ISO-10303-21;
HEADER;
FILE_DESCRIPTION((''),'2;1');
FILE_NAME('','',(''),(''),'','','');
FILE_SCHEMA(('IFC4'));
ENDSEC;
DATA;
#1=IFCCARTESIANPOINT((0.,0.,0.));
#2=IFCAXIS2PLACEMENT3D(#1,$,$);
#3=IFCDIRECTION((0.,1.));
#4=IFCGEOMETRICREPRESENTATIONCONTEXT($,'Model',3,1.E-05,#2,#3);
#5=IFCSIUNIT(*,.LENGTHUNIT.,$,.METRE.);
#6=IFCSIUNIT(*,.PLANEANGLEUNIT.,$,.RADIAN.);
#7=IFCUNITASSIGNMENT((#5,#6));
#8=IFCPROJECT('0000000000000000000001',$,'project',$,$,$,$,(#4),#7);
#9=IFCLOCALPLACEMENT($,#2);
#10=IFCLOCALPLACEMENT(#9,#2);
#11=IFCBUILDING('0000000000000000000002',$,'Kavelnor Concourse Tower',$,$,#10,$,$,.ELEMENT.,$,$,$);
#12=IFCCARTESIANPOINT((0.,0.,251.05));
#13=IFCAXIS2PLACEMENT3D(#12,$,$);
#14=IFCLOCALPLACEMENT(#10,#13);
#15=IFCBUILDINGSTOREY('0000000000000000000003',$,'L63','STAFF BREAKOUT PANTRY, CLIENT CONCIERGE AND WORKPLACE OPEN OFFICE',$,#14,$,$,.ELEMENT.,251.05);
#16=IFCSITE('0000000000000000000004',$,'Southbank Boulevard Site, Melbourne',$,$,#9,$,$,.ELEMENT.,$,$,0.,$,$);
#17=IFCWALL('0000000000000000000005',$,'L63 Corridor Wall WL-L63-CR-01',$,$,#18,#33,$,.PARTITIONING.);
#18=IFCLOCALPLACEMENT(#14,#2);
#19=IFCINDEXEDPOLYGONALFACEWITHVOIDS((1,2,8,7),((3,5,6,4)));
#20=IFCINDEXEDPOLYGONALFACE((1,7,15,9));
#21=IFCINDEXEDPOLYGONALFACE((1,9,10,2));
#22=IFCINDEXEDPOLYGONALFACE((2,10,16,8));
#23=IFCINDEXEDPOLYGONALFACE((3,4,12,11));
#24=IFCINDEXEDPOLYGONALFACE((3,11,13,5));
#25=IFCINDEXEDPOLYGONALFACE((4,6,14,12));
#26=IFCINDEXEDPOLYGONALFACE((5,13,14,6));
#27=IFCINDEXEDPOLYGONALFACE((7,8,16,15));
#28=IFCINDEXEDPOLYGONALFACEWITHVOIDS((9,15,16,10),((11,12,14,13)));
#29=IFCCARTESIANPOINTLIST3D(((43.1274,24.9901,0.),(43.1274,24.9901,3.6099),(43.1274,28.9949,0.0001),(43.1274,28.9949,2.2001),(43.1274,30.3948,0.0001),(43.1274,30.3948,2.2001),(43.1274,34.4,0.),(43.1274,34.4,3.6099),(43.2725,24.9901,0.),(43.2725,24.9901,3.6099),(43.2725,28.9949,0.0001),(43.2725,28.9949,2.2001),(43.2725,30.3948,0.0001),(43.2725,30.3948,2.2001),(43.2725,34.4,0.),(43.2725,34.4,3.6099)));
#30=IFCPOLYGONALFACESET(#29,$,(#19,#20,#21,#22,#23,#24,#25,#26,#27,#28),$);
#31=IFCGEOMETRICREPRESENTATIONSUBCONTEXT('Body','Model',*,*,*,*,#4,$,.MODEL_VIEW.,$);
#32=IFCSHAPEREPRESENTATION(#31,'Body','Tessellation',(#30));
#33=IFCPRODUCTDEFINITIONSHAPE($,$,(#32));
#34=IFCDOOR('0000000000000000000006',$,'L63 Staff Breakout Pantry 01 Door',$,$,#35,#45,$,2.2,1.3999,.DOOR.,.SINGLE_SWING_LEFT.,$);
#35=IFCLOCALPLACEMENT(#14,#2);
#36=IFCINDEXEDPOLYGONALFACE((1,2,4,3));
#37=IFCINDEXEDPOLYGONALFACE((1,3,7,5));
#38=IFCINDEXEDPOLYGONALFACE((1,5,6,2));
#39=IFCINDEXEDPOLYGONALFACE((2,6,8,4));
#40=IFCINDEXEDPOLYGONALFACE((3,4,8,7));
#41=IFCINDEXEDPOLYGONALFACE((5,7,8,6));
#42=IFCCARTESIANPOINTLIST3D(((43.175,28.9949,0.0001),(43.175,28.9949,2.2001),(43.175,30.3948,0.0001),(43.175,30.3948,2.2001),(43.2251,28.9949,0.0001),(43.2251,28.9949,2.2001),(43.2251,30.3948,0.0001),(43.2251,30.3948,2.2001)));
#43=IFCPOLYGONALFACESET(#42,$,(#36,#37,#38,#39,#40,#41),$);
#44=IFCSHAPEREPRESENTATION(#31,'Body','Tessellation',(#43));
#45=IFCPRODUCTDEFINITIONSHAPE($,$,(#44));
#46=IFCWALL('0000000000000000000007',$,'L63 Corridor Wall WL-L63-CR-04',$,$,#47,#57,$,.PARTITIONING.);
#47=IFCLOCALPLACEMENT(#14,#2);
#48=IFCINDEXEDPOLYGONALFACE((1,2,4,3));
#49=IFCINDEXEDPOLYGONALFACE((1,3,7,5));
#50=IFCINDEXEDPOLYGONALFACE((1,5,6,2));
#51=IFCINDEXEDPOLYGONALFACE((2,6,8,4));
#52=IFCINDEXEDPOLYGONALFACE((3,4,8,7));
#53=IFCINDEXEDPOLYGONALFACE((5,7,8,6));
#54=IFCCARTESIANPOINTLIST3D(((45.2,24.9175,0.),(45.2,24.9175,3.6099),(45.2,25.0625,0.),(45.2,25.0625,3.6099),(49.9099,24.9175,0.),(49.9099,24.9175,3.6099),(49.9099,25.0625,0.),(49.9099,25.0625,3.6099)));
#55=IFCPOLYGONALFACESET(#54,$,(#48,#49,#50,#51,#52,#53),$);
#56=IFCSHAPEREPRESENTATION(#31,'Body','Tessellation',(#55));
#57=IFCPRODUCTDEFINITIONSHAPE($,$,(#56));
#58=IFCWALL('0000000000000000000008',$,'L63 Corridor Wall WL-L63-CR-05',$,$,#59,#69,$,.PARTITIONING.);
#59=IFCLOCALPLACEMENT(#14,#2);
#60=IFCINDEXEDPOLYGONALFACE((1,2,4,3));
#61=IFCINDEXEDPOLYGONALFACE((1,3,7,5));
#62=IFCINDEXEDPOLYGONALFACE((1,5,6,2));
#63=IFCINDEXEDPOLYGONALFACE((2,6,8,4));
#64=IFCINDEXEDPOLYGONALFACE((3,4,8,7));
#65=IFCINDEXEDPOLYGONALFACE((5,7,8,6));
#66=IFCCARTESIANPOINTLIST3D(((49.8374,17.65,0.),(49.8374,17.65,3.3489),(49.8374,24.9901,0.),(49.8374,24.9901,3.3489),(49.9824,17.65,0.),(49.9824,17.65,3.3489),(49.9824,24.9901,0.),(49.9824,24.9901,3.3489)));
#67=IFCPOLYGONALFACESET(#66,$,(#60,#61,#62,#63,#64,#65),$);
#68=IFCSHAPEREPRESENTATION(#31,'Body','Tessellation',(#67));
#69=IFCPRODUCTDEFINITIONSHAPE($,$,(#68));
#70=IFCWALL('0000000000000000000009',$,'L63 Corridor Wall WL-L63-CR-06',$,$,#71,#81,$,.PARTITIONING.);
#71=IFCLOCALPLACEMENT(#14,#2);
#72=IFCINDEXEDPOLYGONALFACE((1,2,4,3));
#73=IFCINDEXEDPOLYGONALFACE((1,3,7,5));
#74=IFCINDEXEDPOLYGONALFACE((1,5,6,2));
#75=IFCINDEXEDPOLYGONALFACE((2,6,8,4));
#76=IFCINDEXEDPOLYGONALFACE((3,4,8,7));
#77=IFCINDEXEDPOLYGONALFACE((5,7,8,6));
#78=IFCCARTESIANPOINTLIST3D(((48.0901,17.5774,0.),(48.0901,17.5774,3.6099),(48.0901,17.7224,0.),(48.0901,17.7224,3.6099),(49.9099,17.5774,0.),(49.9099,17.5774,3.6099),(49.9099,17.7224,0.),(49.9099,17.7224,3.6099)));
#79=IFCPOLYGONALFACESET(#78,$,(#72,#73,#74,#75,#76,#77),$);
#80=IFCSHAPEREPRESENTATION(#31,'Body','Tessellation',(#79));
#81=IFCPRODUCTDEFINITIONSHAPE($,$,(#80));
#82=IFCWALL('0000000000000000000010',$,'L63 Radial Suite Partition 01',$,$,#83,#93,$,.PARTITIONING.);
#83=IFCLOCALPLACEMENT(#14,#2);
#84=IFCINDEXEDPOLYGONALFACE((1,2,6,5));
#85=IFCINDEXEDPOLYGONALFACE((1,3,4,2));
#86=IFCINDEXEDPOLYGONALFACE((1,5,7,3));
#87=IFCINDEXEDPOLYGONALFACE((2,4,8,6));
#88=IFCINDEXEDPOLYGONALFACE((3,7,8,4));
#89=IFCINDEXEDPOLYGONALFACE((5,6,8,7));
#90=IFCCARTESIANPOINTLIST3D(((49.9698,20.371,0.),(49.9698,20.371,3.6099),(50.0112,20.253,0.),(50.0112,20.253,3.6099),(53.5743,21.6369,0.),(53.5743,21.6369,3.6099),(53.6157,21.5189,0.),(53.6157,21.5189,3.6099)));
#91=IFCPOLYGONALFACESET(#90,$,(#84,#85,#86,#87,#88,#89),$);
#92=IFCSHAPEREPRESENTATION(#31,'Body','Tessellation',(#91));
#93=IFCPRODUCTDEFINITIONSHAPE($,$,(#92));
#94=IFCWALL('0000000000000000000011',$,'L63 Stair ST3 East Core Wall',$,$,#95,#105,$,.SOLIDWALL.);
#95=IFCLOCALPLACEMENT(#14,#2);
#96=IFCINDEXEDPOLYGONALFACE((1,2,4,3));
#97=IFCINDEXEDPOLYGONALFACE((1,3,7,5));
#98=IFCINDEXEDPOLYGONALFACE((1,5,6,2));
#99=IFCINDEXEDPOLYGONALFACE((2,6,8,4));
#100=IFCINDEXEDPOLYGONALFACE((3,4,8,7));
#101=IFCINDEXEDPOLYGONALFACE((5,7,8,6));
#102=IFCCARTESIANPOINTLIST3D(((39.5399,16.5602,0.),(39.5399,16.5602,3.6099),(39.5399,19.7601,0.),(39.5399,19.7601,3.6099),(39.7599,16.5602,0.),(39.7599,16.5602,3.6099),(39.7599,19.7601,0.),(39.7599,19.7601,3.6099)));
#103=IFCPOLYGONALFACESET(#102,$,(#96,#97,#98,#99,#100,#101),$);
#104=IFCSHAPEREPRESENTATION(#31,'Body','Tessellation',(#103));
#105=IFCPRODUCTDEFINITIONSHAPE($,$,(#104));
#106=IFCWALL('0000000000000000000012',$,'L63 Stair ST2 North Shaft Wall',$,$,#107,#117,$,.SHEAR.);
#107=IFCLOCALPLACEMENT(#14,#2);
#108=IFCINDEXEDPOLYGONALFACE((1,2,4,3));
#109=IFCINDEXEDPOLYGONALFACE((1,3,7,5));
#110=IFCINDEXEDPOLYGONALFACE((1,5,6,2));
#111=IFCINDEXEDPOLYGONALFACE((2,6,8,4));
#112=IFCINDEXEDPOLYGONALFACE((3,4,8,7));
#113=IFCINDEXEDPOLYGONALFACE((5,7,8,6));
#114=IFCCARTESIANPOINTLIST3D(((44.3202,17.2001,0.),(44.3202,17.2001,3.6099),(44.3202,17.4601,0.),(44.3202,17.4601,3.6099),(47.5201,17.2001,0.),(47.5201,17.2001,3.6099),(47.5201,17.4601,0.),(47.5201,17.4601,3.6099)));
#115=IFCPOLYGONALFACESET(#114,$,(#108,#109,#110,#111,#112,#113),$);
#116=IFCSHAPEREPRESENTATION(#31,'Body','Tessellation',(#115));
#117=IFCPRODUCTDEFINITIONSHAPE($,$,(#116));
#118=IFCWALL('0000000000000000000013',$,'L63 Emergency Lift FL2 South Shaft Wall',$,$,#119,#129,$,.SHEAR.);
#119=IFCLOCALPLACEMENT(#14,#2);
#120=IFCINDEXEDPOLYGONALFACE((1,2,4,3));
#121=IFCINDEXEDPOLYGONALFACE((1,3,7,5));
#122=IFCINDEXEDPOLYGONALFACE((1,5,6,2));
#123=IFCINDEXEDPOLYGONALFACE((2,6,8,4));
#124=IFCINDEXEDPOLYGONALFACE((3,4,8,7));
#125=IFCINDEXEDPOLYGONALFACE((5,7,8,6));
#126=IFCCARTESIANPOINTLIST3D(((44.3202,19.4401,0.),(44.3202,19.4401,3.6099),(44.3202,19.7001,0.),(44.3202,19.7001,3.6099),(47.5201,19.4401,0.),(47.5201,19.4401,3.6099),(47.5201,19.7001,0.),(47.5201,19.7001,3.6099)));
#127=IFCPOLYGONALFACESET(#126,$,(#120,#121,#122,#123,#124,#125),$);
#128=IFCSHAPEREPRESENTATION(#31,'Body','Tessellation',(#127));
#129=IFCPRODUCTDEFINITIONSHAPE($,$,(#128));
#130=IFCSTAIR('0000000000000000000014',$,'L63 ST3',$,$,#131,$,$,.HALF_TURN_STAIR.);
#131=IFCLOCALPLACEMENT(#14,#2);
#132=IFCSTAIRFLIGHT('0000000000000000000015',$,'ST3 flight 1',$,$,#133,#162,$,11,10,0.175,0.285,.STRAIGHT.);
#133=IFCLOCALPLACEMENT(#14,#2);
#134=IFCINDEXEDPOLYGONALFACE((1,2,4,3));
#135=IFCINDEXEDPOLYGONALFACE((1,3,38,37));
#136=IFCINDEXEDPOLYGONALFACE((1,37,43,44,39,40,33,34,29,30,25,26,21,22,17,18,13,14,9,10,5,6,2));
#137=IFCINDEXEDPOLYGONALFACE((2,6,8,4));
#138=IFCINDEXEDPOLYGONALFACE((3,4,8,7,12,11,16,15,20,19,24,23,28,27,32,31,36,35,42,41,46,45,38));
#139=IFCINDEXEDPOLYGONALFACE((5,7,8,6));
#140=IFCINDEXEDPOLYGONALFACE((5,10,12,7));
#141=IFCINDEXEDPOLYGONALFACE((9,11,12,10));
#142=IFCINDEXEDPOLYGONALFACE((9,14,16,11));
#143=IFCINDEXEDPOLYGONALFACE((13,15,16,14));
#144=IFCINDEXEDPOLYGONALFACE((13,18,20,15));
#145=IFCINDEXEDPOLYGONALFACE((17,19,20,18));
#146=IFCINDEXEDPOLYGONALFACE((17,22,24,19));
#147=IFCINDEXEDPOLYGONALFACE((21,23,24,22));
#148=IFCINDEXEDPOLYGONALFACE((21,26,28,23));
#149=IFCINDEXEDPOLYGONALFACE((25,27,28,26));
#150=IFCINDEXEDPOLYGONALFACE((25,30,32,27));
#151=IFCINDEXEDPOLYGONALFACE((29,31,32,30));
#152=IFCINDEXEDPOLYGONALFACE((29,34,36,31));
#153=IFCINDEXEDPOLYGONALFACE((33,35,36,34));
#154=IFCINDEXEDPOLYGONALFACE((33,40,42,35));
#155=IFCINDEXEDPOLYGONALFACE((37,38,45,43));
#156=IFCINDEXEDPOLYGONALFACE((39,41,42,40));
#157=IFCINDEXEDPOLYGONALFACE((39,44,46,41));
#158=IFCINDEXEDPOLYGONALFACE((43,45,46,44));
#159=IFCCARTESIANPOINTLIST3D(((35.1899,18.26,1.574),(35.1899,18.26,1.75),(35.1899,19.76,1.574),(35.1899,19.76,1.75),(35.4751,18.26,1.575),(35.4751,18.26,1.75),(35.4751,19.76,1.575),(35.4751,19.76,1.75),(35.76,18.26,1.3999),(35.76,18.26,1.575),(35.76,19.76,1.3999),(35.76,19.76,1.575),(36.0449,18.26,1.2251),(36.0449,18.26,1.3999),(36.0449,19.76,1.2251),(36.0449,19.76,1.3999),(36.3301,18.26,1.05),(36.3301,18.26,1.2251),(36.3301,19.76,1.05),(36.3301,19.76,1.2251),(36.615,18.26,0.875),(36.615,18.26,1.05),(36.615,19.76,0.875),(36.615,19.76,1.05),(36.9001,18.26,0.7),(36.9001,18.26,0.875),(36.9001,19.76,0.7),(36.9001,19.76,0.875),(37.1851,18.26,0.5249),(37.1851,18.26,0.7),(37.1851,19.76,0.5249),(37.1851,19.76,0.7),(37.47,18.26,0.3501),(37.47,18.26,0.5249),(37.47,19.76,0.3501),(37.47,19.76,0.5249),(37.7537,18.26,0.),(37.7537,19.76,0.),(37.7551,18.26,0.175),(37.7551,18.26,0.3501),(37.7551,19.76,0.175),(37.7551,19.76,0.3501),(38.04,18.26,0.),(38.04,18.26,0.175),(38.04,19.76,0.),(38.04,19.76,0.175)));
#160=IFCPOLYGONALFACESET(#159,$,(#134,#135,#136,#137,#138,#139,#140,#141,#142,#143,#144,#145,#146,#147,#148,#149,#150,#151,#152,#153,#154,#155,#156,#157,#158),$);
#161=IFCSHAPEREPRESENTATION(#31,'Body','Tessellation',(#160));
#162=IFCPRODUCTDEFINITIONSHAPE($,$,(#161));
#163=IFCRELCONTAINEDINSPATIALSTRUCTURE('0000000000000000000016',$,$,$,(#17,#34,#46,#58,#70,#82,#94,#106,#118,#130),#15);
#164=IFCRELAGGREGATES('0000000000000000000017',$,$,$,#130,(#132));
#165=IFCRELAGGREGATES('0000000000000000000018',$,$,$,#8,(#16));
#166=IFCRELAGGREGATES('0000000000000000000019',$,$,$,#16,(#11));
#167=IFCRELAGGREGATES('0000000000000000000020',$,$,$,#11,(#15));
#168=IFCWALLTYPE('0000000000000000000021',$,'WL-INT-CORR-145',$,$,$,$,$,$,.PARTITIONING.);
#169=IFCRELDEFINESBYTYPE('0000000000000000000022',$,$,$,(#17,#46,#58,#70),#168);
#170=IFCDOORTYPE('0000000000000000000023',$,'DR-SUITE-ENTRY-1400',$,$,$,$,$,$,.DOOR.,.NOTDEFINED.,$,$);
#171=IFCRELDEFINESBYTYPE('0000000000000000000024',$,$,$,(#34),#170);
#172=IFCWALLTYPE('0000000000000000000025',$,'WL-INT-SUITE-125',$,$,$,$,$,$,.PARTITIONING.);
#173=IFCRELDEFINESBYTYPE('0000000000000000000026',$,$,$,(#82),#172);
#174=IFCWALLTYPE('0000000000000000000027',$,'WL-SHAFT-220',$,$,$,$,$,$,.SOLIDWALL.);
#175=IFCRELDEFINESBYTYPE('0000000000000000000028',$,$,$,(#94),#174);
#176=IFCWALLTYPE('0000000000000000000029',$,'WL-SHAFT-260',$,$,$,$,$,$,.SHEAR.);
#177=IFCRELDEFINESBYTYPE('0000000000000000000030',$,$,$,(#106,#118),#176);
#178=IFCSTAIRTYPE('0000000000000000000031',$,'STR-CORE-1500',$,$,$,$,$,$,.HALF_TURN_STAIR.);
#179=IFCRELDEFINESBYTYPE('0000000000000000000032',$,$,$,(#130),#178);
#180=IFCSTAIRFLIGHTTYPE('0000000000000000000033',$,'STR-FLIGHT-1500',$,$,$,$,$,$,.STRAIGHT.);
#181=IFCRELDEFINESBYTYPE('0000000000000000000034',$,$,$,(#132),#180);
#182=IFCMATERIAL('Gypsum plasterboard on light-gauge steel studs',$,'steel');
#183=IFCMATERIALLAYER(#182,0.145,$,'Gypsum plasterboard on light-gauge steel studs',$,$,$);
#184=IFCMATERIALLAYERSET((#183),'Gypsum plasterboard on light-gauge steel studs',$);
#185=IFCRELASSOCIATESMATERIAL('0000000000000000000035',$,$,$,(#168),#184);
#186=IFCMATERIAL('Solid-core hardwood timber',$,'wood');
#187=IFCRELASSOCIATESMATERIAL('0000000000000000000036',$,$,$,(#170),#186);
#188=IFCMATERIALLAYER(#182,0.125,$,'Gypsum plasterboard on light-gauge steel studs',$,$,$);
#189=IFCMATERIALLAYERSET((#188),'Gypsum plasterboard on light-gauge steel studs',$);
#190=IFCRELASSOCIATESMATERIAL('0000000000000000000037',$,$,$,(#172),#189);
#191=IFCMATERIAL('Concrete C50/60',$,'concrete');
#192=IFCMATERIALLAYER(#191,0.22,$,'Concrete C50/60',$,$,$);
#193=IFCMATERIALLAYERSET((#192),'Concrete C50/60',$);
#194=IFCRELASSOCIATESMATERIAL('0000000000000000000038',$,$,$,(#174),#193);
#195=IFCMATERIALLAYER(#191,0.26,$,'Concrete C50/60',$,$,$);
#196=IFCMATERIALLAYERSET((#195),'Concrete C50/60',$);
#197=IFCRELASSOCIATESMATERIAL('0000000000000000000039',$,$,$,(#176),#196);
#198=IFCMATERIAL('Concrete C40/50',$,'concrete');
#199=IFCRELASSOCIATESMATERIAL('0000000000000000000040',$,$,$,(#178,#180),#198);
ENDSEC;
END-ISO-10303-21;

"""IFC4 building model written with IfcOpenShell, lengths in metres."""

from ifc_helpers import new_model, si_unit, direction, frame, frame_2d, origin, place, context, subcontext, project, spatial, polyline, rectangle, outline, extrude, material, layer, layer_set, type_object, element, fill, aggregate, save


model = new_model("IFC4")

# Units and contexts
model_context = context("Model", 3, precision=1e-05, world=origin(), true_north=direction((0.0, 1.0)))
body_context = subcontext(model_context, "Body", "Model", "MODEL_VIEW")
ifc_project = project(units=[si_unit("LENGTHUNIT", "METRE"), si_unit("PLANEANGLEUNIT", "RADIAN")], contexts=[model_context])

# Site, building, storey
site_placement = place(None, origin())
site = spatial("IfcSite", under=ifc_project, at=site_placement, Name="Southbank Boulevard Site, Melbourne", CompositionType="ELEMENT", RefElevation=0.0)
building_placement = place(site_placement, origin())
building = spatial("IfcBuilding", under=site, at=building_placement, Name="Kavelnor Concourse Tower", CompositionType="ELEMENT")
storey_placement = place(building_placement, frame((0.0, 0.0, 251.05)))
storey = spatial("IfcBuildingStorey", under=building, at=storey_placement, Name="L63", Description="STAFF BREAKOUT PANTRY, CLIENT CONCIERGE AND WORKPLACE OPEN OFFICE", CompositionType="ELEMENT", Elevation=251.05)

# Wall, opening, door
ifc_material_1 = material(Name="Gypsum plasterboard on light-gauge steel studs", Category="steel")
ifc_layer_1 = layer(ifc_material_1, 0.145, Name="Gypsum plasterboard on light-gauge steel studs")
ifc_layer_set_1 = layer_set([ifc_layer_1], Name="Gypsum plasterboard on light-gauge steel studs")
wall_type_1 = type_object("IfcWallType", Name="WL-INT-CORR-145", PredefinedType="PARTITIONING", material=ifc_layer_set_1)
wall_1_placement = place(storey_placement, frame((43.2, 24.99, 0.0), z_axis=(0.0, 0.0, 1.0), x_axis=(0.0, 1.0, 0.0)))
wall_1 = element("IfcWall", 1, at=wall_1_placement, inside=storey, type_object=wall_type_1, Name="L63 Corridor Wall WL-L63-CR-01", PredefinedType="PARTITIONING", context=body_context, shape_type="SweptSolid", body=[
    extrude(rectangle(XDim=9.4099, YDim=0.145, at=frame_2d((4.7051, 0.0))), origin(), (0.0, 0.0, 1.0), 3.6099),
])
opening_placement = place(wall_1_placement, frame((4.0049, 0.0, 0.0)))
opening = element("IfcOpeningElement", 2, at=opening_placement, cuts=wall_1, PredefinedType="OPENING", context=body_context, shape_type="SweptSolid", body=[
    extrude(rectangle(XDim=1.3999, YDim=2.2, at=frame_2d((0.7, 1.1001))), frame((0.0, 0.0825, 0.0), z_axis=(0.0, -1.0, 0.0), x_axis=(1.0, 0.0, 0.0)), (0.0, 0.0, 1.0), 0.165),
])
ifc_material_2 = material(Name="Solid-core hardwood timber", Category="wood")
door_type = type_object("IfcDoorType", Name="DR-SUITE-ENTRY-1400", OperationType="NOTDEFINED", PredefinedType="DOOR", material=ifc_material_2)
door_placement = place(opening_placement, origin())
door = element("IfcDoor", 3, at=door_placement, inside=storey, type_object=door_type, Name="L63 Staff Breakout Pantry 01 Door", OperationType="SINGLE_SWING_LEFT", OverallHeight=2.2, OverallWidth=1.3999, PredefinedType="DOOR", context=body_context, shape_type="SweptSolid", body=[
    extrude(rectangle(XDim=1.3999, YDim=2.2, at=frame_2d((0.7, 1.1001))), frame((0.0, 0.0249, 0.0), z_axis=(0.0, -1.0, 0.0), x_axis=(1.0, 0.0, 0.0)), (0.0, 0.0, 1.0), 0.05),
])
fill(opening, door)

# Walls
wall_2_placement = place(storey_placement, frame((45.2, 24.99, 0.0), z_axis=(0.0, 0.0, 1.0), x_axis=(1.0, 0.0, 0.0)))
element("IfcWall", 4, at=wall_2_placement, inside=storey, type_object=wall_type_1, Name="L63 Corridor Wall WL-L63-CR-04", PredefinedType="PARTITIONING", context=body_context, shape_type="SweptSolid", body=[
    extrude(rectangle(XDim=4.71, YDim=0.145, at=frame_2d((2.355, 0.0))), origin(), (0.0, 0.0, 1.0), 3.6099),
])
wall_3_placement = place(storey_placement, frame((49.9099, 24.99, 0.0), z_axis=(0.0, 0.0, 1.0), x_axis=(0.0, -1.0, 0.0)))
element("IfcWall", 5, at=wall_3_placement, inside=storey, type_object=wall_type_1, Name="L63 Corridor Wall WL-L63-CR-05", PredefinedType="PARTITIONING", context=body_context, shape_type="SweptSolid", body=[
    extrude(rectangle(XDim=7.3401, YDim=0.145, at=frame_2d((3.6699, 0.0))), origin(), (0.0, 0.0, 1.0), 3.3489),
])
wall_4_placement = place(storey_placement, frame((49.9099, 17.6499, 0.0), z_axis=(0.0, 0.0, 1.0), x_axis=(-1.0, 0.0, 0.0)))
element("IfcWall", 6, at=wall_4_placement, inside=storey, type_object=wall_type_1, Name="L63 Corridor Wall WL-L63-CR-06", PredefinedType="PARTITIONING", context=body_context, shape_type="SweptSolid", body=[
    extrude(rectangle(XDim=1.8198, YDim=0.145, at=frame_2d((0.9099, 0.0))), origin(), (0.0, 0.0, 1.0), 3.6099),
])
ifc_layer_2 = layer(ifc_material_1, 0.125, Name="Gypsum plasterboard on light-gauge steel studs")
ifc_layer_set_2 = layer_set([ifc_layer_2], Name="Gypsum plasterboard on light-gauge steel studs")
wall_type_2 = type_object("IfcWallType", Name="WL-INT-SUITE-125", PredefinedType="PARTITIONING", material=ifc_layer_set_2)
wall_5_placement = place(storey_placement, frame((49.9905, 20.312, 0.0), z_axis=(0.0, 0.0, 1.0), x_axis=(0.943507, 0.331352, 0.0)))
element("IfcWall", 7, at=wall_5_placement, inside=storey, type_object=wall_type_2, Name="L63 Radial Suite Partition 01", PredefinedType="PARTITIONING", context=body_context, shape_type="SweptSolid", body=[
    extrude(rectangle(XDim=3.8203, YDim=0.125, at=frame_2d((1.9102, 0.0))), origin(), (0.0, 0.0, 1.0), 3.6099),
])
ifc_material_3 = material(Name="Concrete C50/60", Category="concrete")
ifc_layer_3 = layer(ifc_material_3, 0.22, Name="Concrete C50/60")
ifc_layer_set_3 = layer_set([ifc_layer_3], Name="Concrete C50/60")
wall_type_3 = type_object("IfcWallType", Name="WL-SHAFT-220", PredefinedType="SOLIDWALL", material=ifc_layer_set_3)
wall_6_placement = place(storey_placement, frame((39.6499, 16.5601, 0.0), z_axis=(0.0, 0.0, 1.0), x_axis=(0.0, 1.0, 0.0)))
element("IfcWall", 8, at=wall_6_placement, inside=storey, type_object=wall_type_3, Name="L63 Stair ST3 East Core Wall", PredefinedType="SOLIDWALL", context=body_context, shape_type="SweptSolid", body=[
    extrude(rectangle(XDim=3.2, YDim=0.22, at=frame_2d((1.6001, 0.0))), origin(), (0.0, 0.0, 1.0), 3.6099),
])
ifc_layer_4 = layer(ifc_material_3, 0.26, Name="Concrete C50/60")
ifc_layer_set_4 = layer_set([ifc_layer_4], Name="Concrete C50/60")
wall_type_4 = type_object("IfcWallType", Name="WL-SHAFT-260", PredefinedType="SHEAR", material=ifc_layer_set_4)
for number, where, z_axis, x_axis, name in (
    (9, (44.3201, 17.3301, 0.0), (0.0, 0.0, 1.0), (1.0, 0.0, 0.0), "L63 Stair ST2 North Shaft Wall"),
    (10, (44.3201, 19.5701, 0.0), (0.0, 0.0, 1.0), (1.0, 0.0, 0.0), "L63 Emergency Lift FL2 South Shaft Wall"),
):
    element("IfcWall", number, at=place(storey_placement, frame(where, z_axis=z_axis, x_axis=x_axis)), inside=storey, type_object=wall_type_4, Name=name, PredefinedType="SHEAR", context=body_context, shape_type="SweptSolid", body=[
        extrude(rectangle(XDim=3.2, YDim=0.26, at=frame_2d((1.6001, 0.0))), origin(), (0.0, 0.0, 1.0), 3.6099),
    ])

# Stair, stair flight
ifc_material_4 = material(Name="Concrete C40/50", Category="concrete")
stair_type = type_object("IfcStairType", Name="STR-CORE-1500", PredefinedType="HALF_TURN_STAIR", material=ifc_material_4)
stair_placement = place(storey_placement, origin())
stair = element("IfcStair", 11, at=stair_placement, inside=storey, type_object=stair_type, Name="L63 ST3", PredefinedType="HALF_TURN_STAIR")
stair_flight_type = type_object("IfcStairFlightType", Name="STR-FLIGHT-1500", PredefinedType="STRAIGHT", material=ifc_material_4)
stair_flight_placement = place(storey_placement, frame((38.04, 19.01, 0.0), z_axis=(0.0, 0.0, 1.0), x_axis=(-1.0, 0.0, 0.0)))
stair_flight = element("IfcStairFlight", 12, at=stair_flight_placement, type_object=stair_flight_type, Name="ST3 flight 1", NumberOfRisers=11, NumberOfTreads=10, PredefinedType="STRAIGHT", RiserHeight=0.175, TreadLength=0.285, context=body_context, shape_type="SweptSolid", body=[
    extrude(outline(polyline([(0.0, 0.0), (0.0, 0.175), (0.2849, 0.175), (0.2849, 0.3501), (0.5701, 0.3501), (0.5701, 0.5249), (0.855, 0.5249), (0.855, 0.7), (1.1399, 0.7), (1.1399, 0.875), (1.425, 0.875), (1.425, 1.05), (1.71, 1.05), (1.71, 1.2251), (1.9951, 1.2251), (1.9951, 1.3999), (2.28, 1.3999), (2.28, 1.575), (2.5649, 1.575), (2.5649, 1.75), (2.8501, 1.75), (2.8501, 1.925), (2.8501, 1.574), (0.2864, 0.0), (0.0, 0.0)])), frame((0.0, 0.75, 0.0), z_axis=(0.0, -1.0, 0.0), x_axis=(1.0, 0.0, 0.0)), (0.0, 0.0, 1.0), 1.5),
])
aggregate(stair, [stair_flight])

save(model, "model.ifc")
